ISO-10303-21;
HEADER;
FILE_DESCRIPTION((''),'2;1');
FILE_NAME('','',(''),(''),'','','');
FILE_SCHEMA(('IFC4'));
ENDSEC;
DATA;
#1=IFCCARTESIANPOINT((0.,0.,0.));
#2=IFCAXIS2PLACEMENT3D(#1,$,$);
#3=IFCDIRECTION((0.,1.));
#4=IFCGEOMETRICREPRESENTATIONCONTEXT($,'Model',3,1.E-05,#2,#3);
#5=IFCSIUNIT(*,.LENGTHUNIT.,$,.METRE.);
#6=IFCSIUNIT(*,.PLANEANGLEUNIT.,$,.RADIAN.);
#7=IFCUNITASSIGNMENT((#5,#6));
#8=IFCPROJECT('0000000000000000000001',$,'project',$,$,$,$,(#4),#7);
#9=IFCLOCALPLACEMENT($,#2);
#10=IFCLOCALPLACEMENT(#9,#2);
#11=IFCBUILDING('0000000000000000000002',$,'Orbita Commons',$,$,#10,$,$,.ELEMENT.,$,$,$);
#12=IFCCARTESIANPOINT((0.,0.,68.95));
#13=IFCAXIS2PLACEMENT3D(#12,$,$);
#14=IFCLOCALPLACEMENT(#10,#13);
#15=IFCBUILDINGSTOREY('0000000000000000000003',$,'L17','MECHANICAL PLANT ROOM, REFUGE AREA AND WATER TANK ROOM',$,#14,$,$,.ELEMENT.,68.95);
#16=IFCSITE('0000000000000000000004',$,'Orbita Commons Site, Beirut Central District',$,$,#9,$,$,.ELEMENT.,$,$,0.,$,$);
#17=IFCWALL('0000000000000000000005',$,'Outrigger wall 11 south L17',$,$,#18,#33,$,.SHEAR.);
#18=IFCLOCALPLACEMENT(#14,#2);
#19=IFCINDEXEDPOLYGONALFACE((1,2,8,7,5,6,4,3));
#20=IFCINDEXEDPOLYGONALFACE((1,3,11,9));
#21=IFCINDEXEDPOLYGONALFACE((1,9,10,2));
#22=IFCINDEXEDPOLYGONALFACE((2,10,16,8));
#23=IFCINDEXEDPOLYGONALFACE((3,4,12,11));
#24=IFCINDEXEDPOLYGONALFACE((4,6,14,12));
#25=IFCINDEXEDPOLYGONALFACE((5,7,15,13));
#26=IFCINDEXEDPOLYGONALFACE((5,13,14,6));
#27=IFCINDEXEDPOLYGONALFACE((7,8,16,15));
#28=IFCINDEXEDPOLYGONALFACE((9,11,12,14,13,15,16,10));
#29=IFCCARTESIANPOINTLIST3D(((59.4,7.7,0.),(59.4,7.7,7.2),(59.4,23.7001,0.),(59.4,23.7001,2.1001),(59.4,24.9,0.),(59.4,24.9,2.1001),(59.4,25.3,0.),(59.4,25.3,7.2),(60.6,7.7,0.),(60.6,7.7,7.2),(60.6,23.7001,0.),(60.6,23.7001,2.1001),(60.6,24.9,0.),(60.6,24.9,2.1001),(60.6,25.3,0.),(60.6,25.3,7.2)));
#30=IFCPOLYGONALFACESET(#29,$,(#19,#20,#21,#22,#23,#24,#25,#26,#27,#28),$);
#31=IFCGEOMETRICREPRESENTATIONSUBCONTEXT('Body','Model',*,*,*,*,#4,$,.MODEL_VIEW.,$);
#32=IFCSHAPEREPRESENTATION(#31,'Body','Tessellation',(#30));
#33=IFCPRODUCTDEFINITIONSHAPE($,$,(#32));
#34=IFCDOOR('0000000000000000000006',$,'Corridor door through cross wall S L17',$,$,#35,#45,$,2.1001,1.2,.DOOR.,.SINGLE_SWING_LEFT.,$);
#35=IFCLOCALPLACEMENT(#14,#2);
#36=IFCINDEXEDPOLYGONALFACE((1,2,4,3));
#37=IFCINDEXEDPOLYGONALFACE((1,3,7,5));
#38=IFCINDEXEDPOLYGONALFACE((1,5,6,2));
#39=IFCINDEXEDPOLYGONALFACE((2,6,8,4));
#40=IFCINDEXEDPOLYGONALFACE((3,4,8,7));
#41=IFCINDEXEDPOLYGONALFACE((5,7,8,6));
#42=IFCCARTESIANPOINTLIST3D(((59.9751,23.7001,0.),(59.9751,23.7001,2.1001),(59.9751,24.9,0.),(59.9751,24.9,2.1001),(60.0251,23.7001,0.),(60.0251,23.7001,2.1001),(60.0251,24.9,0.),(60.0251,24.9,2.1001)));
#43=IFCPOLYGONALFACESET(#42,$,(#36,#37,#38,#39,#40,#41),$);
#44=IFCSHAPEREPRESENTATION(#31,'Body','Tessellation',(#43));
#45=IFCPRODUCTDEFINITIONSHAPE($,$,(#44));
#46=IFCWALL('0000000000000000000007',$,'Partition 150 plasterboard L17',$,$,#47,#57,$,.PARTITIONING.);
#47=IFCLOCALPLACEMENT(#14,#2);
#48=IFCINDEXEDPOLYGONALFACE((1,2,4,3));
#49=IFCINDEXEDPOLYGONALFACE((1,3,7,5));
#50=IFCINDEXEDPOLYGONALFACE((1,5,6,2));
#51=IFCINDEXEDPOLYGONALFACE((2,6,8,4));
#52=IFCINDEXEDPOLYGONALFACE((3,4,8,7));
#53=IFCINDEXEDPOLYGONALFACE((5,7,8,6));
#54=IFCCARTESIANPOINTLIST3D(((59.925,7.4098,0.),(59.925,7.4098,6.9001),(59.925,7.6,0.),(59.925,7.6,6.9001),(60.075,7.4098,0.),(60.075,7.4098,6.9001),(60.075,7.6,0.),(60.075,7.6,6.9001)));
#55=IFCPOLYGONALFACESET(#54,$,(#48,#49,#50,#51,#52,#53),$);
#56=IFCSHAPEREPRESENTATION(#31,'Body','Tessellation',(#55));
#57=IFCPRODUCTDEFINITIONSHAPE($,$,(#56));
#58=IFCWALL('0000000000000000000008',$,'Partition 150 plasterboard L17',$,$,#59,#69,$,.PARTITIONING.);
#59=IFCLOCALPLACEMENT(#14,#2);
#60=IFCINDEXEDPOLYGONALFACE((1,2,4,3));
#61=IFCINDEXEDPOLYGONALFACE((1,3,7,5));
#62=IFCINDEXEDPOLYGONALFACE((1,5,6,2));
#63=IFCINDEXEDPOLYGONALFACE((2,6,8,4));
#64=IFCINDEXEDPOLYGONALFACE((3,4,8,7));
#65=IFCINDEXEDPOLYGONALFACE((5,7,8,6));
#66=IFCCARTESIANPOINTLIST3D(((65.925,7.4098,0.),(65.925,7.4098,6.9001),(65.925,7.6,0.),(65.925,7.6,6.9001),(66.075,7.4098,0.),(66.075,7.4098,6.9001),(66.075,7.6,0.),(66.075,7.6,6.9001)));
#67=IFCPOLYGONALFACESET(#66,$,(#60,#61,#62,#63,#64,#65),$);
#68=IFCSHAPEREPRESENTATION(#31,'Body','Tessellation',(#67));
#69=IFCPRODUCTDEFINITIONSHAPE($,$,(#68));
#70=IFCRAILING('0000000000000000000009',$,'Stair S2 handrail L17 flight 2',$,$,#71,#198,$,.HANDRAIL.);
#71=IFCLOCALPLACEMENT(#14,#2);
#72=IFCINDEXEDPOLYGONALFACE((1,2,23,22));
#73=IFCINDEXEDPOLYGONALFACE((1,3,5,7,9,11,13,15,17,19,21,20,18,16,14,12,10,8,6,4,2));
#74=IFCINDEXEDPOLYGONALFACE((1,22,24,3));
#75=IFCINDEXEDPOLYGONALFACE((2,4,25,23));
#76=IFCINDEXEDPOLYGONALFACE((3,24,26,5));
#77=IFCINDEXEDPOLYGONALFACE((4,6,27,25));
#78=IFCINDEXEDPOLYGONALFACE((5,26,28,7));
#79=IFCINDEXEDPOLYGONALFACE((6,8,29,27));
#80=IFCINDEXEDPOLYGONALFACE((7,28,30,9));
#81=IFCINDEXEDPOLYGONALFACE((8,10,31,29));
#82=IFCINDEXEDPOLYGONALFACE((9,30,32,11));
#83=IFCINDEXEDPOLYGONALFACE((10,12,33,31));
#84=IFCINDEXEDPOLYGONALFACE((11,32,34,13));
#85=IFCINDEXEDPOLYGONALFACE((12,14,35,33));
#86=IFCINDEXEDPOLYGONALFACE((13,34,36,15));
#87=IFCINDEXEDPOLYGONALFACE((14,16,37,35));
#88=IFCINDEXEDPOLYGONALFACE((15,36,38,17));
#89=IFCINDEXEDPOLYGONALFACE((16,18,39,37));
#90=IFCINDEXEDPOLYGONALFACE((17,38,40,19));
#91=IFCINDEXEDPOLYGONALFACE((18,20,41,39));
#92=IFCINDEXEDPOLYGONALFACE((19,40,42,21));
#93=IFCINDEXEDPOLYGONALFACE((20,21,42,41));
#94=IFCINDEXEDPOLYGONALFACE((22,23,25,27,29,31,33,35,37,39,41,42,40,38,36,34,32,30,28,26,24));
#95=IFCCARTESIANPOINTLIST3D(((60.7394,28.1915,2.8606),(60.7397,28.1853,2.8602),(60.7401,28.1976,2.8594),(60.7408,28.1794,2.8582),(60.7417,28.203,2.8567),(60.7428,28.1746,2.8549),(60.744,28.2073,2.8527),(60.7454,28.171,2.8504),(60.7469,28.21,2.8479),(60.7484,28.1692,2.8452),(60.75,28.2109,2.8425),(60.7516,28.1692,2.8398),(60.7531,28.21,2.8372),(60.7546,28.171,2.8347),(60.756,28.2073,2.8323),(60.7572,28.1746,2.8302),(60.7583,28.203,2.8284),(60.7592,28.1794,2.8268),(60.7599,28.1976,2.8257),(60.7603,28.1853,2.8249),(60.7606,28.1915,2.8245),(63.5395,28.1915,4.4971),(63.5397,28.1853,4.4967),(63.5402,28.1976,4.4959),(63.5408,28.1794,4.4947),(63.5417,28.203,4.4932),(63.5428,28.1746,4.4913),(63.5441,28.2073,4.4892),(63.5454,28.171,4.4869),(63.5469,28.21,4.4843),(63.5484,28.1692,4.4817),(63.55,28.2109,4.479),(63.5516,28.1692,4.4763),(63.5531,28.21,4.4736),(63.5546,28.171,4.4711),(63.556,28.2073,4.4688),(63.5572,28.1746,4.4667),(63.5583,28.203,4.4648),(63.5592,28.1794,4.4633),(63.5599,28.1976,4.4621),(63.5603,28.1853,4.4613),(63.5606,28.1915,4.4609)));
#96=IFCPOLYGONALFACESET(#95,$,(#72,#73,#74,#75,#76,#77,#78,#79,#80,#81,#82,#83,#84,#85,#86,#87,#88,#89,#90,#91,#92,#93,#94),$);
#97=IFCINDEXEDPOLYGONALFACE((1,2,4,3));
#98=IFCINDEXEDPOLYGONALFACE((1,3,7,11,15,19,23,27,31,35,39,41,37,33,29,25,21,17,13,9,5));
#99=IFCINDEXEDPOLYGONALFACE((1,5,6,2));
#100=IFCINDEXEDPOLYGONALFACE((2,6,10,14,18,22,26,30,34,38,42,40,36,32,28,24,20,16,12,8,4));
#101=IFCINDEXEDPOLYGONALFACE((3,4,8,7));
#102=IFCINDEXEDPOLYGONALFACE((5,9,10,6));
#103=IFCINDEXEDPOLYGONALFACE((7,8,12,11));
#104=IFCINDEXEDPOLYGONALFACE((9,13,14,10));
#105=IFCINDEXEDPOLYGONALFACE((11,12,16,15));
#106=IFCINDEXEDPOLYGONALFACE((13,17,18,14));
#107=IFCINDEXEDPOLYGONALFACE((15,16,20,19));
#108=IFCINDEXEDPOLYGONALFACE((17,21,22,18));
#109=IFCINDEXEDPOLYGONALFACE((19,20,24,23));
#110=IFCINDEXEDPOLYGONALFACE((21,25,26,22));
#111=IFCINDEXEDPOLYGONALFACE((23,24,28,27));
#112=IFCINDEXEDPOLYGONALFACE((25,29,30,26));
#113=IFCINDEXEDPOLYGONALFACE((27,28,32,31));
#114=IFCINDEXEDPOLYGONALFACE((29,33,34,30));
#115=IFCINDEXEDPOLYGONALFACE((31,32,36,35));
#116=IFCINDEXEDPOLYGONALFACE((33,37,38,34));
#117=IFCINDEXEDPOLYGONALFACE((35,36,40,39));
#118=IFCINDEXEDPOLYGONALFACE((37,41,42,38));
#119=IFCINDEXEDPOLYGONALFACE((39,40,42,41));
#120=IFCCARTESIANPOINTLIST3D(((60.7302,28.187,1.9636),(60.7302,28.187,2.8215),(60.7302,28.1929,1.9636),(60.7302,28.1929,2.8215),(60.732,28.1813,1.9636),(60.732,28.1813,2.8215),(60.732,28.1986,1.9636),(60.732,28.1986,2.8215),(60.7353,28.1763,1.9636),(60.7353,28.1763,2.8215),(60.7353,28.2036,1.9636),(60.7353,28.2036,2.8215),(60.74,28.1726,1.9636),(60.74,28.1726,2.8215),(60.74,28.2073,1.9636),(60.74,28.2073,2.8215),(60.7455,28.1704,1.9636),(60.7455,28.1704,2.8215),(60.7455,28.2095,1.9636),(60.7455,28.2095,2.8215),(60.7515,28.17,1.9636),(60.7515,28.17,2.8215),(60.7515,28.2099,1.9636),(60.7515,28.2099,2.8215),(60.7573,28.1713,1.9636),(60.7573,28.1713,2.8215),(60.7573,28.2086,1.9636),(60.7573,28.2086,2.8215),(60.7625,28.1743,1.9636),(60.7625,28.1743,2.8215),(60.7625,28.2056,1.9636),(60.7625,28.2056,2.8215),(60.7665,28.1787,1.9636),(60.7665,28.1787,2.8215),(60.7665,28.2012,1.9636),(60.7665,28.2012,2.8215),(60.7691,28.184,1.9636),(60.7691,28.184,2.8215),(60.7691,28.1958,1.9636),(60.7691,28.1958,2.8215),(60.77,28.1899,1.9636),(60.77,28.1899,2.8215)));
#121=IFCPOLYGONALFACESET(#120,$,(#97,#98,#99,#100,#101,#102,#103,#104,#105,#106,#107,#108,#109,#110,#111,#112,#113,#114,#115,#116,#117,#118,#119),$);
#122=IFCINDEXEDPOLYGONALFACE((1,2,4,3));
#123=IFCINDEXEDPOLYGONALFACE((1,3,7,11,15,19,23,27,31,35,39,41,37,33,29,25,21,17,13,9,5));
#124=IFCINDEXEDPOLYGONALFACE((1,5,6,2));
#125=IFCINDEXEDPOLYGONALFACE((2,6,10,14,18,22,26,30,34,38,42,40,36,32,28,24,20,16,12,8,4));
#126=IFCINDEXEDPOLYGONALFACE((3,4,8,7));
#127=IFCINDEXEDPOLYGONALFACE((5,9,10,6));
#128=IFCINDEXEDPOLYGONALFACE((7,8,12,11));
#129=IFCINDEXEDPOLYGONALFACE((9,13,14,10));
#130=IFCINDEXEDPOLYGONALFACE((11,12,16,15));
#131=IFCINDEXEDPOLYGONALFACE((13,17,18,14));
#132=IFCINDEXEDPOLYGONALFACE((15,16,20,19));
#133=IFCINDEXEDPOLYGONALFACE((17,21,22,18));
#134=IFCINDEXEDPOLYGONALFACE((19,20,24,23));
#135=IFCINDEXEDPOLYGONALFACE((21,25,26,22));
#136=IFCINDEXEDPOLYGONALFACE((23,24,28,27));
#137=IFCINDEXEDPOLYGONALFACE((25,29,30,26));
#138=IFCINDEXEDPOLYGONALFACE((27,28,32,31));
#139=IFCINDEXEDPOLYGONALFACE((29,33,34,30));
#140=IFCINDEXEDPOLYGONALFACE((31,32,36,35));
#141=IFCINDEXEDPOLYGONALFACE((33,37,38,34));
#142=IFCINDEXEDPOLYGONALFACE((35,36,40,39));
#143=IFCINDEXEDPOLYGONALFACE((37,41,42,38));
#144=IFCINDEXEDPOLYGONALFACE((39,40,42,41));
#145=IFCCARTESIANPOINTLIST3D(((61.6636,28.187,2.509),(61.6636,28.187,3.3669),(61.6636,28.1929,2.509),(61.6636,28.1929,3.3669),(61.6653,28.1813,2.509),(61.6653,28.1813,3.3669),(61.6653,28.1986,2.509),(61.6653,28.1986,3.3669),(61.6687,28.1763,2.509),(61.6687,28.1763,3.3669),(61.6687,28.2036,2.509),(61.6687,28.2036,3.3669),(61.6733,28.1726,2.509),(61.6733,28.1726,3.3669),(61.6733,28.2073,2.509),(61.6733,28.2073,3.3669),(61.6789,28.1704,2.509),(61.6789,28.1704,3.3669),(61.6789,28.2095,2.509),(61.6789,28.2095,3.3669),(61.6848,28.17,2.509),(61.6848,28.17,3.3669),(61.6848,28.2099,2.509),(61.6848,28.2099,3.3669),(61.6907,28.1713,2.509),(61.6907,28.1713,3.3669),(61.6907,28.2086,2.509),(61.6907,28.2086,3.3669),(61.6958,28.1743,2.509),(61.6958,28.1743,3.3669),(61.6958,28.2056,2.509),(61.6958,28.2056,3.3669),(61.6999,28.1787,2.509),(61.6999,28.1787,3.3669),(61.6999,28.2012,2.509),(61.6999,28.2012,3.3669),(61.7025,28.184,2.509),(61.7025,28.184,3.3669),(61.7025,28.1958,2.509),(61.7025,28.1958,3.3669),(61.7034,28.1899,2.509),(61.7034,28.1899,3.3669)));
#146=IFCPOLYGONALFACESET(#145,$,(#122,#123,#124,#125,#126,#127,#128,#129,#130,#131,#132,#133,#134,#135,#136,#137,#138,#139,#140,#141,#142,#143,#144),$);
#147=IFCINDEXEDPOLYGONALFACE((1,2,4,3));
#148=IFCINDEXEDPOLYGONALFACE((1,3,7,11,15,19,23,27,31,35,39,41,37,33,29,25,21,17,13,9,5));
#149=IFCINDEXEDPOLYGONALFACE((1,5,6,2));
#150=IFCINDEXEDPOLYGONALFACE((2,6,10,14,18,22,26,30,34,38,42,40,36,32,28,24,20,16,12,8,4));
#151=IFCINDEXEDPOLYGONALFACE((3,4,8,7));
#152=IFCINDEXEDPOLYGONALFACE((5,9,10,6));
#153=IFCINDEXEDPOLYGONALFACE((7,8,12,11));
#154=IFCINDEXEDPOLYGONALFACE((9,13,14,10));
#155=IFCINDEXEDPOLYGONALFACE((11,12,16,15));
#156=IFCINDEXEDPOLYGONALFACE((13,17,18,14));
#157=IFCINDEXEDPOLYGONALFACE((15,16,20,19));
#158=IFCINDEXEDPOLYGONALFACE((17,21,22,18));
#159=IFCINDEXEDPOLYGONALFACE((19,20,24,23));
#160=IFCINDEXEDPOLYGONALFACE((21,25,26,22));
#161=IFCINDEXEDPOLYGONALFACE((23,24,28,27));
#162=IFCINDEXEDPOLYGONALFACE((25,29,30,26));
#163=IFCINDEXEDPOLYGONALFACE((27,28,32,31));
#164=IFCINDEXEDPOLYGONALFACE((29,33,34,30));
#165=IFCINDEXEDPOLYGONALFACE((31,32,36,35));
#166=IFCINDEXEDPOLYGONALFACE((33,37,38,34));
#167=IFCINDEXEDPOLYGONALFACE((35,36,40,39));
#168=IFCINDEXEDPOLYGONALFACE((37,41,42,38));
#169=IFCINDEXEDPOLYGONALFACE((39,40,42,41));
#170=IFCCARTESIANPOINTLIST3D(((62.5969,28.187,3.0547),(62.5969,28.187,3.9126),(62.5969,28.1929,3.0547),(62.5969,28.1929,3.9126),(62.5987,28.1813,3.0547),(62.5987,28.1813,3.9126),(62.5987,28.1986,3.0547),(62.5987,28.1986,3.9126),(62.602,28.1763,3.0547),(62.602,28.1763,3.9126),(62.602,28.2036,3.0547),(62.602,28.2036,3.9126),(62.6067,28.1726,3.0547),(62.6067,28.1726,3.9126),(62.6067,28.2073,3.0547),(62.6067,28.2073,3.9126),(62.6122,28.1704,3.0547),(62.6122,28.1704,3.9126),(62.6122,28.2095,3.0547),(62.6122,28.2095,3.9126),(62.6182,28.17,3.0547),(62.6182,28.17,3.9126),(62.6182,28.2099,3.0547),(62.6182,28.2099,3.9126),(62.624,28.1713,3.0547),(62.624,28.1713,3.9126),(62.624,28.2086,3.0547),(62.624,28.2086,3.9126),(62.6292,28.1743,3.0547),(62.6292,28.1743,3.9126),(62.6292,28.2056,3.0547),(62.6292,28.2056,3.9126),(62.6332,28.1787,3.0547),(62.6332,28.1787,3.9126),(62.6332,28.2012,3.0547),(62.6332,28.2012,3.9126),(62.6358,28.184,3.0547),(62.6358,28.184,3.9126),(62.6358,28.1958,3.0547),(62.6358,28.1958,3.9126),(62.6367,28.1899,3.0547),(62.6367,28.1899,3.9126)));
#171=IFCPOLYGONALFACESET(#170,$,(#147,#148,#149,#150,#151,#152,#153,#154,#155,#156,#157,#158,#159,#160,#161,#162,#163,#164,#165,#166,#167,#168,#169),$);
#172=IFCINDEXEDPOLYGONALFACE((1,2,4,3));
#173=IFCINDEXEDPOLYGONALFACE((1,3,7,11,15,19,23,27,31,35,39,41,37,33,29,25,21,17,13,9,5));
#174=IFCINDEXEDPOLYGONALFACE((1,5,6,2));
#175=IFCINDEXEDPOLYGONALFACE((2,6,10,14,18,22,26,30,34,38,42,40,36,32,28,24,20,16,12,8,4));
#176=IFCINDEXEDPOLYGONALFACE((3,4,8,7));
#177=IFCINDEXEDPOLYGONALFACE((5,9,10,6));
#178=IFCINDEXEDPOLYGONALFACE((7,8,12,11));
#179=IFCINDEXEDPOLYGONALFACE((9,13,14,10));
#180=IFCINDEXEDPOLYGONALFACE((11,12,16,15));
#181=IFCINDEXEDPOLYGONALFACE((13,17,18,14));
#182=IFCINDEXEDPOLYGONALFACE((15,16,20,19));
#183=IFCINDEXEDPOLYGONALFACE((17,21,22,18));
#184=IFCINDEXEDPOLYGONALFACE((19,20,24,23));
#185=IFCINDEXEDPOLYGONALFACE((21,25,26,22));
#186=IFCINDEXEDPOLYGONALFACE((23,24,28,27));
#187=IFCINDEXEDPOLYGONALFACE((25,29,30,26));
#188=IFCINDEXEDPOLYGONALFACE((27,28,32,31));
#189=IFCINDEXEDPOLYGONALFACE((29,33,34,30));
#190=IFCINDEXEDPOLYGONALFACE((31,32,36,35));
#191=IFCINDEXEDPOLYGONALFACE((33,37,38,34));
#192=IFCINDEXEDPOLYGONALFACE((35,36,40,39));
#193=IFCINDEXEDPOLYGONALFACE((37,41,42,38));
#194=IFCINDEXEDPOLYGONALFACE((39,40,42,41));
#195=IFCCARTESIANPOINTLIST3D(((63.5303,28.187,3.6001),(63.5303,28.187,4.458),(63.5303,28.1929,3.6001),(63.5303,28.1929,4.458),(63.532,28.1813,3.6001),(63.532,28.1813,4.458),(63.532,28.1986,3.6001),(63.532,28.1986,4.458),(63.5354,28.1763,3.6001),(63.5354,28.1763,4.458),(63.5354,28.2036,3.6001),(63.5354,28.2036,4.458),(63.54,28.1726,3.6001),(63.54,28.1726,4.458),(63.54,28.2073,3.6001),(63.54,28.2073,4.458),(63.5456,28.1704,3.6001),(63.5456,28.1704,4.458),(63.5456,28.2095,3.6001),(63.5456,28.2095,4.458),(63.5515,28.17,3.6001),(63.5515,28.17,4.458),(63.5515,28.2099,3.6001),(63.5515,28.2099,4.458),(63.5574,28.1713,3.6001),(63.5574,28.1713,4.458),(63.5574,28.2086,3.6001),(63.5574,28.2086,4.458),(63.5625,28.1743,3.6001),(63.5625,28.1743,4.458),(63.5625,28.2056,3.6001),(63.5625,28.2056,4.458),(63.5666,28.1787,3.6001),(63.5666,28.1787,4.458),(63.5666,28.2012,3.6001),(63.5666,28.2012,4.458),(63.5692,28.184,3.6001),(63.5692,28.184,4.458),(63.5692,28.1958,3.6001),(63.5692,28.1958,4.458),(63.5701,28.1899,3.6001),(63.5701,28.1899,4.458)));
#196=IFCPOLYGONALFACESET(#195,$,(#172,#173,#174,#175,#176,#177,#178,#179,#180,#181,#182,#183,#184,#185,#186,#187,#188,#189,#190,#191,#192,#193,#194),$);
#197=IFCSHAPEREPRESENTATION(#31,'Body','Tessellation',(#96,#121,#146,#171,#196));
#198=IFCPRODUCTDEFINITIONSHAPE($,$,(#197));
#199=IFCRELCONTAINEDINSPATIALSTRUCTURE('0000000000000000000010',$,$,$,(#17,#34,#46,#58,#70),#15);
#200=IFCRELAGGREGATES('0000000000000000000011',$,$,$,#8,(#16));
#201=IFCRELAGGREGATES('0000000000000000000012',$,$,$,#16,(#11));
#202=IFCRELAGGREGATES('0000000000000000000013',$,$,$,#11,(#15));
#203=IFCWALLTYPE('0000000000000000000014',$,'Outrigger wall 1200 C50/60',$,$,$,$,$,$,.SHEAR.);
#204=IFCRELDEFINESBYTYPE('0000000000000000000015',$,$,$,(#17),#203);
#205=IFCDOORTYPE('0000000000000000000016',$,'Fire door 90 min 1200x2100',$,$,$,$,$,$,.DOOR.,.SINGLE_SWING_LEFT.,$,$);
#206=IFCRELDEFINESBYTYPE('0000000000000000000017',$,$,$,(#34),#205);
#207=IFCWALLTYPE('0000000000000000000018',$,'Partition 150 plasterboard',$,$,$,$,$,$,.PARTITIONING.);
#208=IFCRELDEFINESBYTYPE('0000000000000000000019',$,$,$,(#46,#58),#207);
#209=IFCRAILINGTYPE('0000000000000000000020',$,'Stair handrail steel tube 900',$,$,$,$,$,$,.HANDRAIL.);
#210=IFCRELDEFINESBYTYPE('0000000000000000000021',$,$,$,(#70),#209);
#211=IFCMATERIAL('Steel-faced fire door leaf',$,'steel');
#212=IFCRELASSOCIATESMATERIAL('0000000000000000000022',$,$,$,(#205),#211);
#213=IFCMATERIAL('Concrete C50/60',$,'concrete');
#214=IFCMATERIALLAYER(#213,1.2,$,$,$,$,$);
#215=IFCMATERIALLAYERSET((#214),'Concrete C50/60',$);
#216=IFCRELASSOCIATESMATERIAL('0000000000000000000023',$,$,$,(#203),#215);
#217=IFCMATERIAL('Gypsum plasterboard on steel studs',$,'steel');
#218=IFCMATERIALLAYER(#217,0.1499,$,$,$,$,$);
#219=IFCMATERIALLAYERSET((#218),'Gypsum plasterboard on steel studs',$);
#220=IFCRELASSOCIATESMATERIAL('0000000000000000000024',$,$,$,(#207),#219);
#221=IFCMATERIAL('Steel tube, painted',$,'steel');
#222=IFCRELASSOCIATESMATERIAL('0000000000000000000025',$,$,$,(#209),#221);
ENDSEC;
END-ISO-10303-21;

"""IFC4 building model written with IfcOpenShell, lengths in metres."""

from ifc_helpers import new_model, si_unit, direction, frame, frame_2d, origin, origin_2d, place, context, subcontext, project, spatial, rectangle, circle, extrude, material, layer, layer_set, type_object, element, fill, save


model = new_model("IFC4")

# Units and contexts
model_context = context("Model", 3, precision=1e-05, world=origin(), true_north=direction((0.0, 1.0)))
body_context = subcontext(model_context, "Body", "Model", "MODEL_VIEW")
ifc_project = project(units=[si_unit("LENGTHUNIT", "METRE"), si_unit("PLANEANGLEUNIT", "RADIAN")], contexts=[model_context])

# Site, building, storey
site_placement = place(None, origin())
site = spatial("IfcSite", under=ifc_project, at=site_placement, Name="Orbita Commons Site, Beirut Central District", CompositionType="ELEMENT", RefElevation=0.0)
building_placement = place(site_placement, origin())
building = spatial("IfcBuilding", under=site, at=building_placement, Name="Orbita Commons", CompositionType="ELEMENT")
storey_placement = place(building_placement, frame((0.0, 0.0, 68.95)))
storey = spatial("IfcBuildingStorey", under=building, at=storey_placement, Name="L17", Description="MECHANICAL PLANT ROOM, REFUGE AREA AND WATER TANK ROOM", CompositionType="ELEMENT", Elevation=68.95)

# Wall, opening, door
ifc_material_1 = material(Name="Steel-faced fire door leaf", Category="steel")
door_type = type_object("IfcDoorType", Name="Fire door 90 min 1200x2100", OperationType="SINGLE_SWING_LEFT", PredefinedType="DOOR", material=ifc_material_1)
ifc_material_2 = material(Name="Concrete C50/60", Category="concrete")
ifc_layer_1 = layer(ifc_material_2, 1.2)
ifc_layer_set_1 = layer_set([ifc_layer_1], Name="Concrete C50/60")
wall_type_1 = type_object("IfcWallType", Name="Outrigger wall 1200 C50/60", PredefinedType="SHEAR", material=ifc_layer_set_1)
wall_1_placement = place(storey_placement, frame((60.0, 7.7, 0.0), z_axis=(0.0, 0.0, 1.0), x_axis=(0.0, 1.0, 0.0)))
wall_1 = element("IfcWall", 1, at=wall_1_placement, inside=storey, type_object=wall_type_1, Name="Outrigger wall 11 south L17", PredefinedType="SHEAR", context=body_context, shape_type="SweptSolid", body=[
    extrude(rectangle(XDim=17.6001, YDim=1.2, at=frame_2d((8.8, 0.0))), origin(), (0.0, 0.0, 1.0), 7.2),
])
opening_1_placement = place(wall_1_placement, frame((16.0, 0.0, 0.0)))
opening_1 = element("IfcOpeningElement", 2, at=opening_1_placement, cuts=wall_1, PredefinedType="OPENING", context=body_context, shape_type="SweptSolid", body=[
    extrude(rectangle(XDim=1.2, YDim=2.1001, at=frame_2d((0.6001, 1.05))), frame((0.0, 0.6099, 0.0), z_axis=(0.0, -1.0, 0.0), x_axis=(1.0, 0.0, 0.0)), (0.0, 0.0, 1.0), 1.22),
])
door_1_placement = place(opening_1_placement, origin())
door_1 = element("IfcDoor", 3, at=door_1_placement, inside=storey, type_object=door_type, Name="Corridor door through cross wall S L17", OperationType="SINGLE_SWING_LEFT", OverallHeight=2.1001, OverallWidth=1.2, PredefinedType="DOOR", context=body_context, shape_type="SweptSolid", body=[
    extrude(rectangle(XDim=1.2, YDim=2.1001, at=frame_2d((0.6001, 1.05))), frame((0.0, 0.0249, 0.0), z_axis=(0.0, -1.0, 0.0), x_axis=(1.0, 0.0, 0.0)), (0.0, 0.0, 1.0), 0.05),
])
fill(opening_1, door_1)

# Walls
ifc_material_3 = material(Name="Gypsum plasterboard on steel studs", Category="steel")
ifc_layer_2 = layer(ifc_material_3, 0.1499)
ifc_layer_set_2 = layer_set([ifc_layer_2], Name="Gypsum plasterboard on steel studs")
wall_type_2 = type_object("IfcWallType", Name="Partition 150 plasterboard", PredefinedType="PARTITIONING", material=ifc_layer_set_2)
for number, where, z_axis, x_axis, name in (
    (4, (60.0, 7.6001, 0.0), (0.0, 0.0, 1.0), (0.0, -1.0, 0.0), "Partition 150 plasterboard L17"),
    (5, (66.0, 7.6001, 0.0), (0.0, 0.0, 1.0), (0.0, -1.0, 0.0), "Partition 150 plasterboard L17"),
):
    element("IfcWall", number, at=place(storey_placement, frame(where, z_axis=z_axis, x_axis=x_axis)), inside=storey, type_object=wall_type_2, Name=name, PredefinedType="PARTITIONING", context=body_context, shape_type="SweptSolid", body=[
        extrude(rectangle(XDim=0.1902, YDim=0.1499, at=frame_2d((0.0952, 0.0))), origin(), (0.0, 0.0, 1.0), 6.9001),
    ])

# Railing
ifc_material_4 = material(Name="Steel tube, painted", Category="steel")
railing_type = type_object("IfcRailingType", Name="Stair handrail steel tube 900", PredefinedType="HANDRAIL", material=ifc_material_4)
for number, where, name in (
    (6, (60.75, 28.1899, 1.9636), "Stair S2 handrail L17 flight 2"),
):
    element("IfcRailing", number, at=place(storey_placement, frame(where)), inside=storey, type_object=railing_type, Name=name, PredefinedType="HANDRAIL", context=body_context, shape_type="SweptSolid", body=[
        extrude(circle(Radius=0.021, at=origin_2d()), frame((0.0, 0.0, 0.8789), z_axis=(0.863361, 0.0, 0.504587), x_axis=(0.0, 1.0, 0.0)), (0.0, 0.0, 1.0), 3.2432),
        extrude(circle(Radius=0.02, at=origin_2d()), origin(), (0.0, 0.0, 1.0), 0.8579),
        extrude(circle(Radius=0.02, at=origin_2d()), frame((0.9333, 0.0, 0.5454)), (0.0, 0.0, 1.0), 0.8579),
        extrude(circle(Radius=0.02, at=origin_2d()), frame((1.8667, 0.0, 1.0911)), (0.0, 0.0, 1.0), 0.8579),
        extrude(circle(Radius=0.02, at=origin_2d()), frame((2.8, 0.0, 1.6365)), (0.0, 0.0, 1.0), 0.8579),
    ])

save(model, "model.ifc")
